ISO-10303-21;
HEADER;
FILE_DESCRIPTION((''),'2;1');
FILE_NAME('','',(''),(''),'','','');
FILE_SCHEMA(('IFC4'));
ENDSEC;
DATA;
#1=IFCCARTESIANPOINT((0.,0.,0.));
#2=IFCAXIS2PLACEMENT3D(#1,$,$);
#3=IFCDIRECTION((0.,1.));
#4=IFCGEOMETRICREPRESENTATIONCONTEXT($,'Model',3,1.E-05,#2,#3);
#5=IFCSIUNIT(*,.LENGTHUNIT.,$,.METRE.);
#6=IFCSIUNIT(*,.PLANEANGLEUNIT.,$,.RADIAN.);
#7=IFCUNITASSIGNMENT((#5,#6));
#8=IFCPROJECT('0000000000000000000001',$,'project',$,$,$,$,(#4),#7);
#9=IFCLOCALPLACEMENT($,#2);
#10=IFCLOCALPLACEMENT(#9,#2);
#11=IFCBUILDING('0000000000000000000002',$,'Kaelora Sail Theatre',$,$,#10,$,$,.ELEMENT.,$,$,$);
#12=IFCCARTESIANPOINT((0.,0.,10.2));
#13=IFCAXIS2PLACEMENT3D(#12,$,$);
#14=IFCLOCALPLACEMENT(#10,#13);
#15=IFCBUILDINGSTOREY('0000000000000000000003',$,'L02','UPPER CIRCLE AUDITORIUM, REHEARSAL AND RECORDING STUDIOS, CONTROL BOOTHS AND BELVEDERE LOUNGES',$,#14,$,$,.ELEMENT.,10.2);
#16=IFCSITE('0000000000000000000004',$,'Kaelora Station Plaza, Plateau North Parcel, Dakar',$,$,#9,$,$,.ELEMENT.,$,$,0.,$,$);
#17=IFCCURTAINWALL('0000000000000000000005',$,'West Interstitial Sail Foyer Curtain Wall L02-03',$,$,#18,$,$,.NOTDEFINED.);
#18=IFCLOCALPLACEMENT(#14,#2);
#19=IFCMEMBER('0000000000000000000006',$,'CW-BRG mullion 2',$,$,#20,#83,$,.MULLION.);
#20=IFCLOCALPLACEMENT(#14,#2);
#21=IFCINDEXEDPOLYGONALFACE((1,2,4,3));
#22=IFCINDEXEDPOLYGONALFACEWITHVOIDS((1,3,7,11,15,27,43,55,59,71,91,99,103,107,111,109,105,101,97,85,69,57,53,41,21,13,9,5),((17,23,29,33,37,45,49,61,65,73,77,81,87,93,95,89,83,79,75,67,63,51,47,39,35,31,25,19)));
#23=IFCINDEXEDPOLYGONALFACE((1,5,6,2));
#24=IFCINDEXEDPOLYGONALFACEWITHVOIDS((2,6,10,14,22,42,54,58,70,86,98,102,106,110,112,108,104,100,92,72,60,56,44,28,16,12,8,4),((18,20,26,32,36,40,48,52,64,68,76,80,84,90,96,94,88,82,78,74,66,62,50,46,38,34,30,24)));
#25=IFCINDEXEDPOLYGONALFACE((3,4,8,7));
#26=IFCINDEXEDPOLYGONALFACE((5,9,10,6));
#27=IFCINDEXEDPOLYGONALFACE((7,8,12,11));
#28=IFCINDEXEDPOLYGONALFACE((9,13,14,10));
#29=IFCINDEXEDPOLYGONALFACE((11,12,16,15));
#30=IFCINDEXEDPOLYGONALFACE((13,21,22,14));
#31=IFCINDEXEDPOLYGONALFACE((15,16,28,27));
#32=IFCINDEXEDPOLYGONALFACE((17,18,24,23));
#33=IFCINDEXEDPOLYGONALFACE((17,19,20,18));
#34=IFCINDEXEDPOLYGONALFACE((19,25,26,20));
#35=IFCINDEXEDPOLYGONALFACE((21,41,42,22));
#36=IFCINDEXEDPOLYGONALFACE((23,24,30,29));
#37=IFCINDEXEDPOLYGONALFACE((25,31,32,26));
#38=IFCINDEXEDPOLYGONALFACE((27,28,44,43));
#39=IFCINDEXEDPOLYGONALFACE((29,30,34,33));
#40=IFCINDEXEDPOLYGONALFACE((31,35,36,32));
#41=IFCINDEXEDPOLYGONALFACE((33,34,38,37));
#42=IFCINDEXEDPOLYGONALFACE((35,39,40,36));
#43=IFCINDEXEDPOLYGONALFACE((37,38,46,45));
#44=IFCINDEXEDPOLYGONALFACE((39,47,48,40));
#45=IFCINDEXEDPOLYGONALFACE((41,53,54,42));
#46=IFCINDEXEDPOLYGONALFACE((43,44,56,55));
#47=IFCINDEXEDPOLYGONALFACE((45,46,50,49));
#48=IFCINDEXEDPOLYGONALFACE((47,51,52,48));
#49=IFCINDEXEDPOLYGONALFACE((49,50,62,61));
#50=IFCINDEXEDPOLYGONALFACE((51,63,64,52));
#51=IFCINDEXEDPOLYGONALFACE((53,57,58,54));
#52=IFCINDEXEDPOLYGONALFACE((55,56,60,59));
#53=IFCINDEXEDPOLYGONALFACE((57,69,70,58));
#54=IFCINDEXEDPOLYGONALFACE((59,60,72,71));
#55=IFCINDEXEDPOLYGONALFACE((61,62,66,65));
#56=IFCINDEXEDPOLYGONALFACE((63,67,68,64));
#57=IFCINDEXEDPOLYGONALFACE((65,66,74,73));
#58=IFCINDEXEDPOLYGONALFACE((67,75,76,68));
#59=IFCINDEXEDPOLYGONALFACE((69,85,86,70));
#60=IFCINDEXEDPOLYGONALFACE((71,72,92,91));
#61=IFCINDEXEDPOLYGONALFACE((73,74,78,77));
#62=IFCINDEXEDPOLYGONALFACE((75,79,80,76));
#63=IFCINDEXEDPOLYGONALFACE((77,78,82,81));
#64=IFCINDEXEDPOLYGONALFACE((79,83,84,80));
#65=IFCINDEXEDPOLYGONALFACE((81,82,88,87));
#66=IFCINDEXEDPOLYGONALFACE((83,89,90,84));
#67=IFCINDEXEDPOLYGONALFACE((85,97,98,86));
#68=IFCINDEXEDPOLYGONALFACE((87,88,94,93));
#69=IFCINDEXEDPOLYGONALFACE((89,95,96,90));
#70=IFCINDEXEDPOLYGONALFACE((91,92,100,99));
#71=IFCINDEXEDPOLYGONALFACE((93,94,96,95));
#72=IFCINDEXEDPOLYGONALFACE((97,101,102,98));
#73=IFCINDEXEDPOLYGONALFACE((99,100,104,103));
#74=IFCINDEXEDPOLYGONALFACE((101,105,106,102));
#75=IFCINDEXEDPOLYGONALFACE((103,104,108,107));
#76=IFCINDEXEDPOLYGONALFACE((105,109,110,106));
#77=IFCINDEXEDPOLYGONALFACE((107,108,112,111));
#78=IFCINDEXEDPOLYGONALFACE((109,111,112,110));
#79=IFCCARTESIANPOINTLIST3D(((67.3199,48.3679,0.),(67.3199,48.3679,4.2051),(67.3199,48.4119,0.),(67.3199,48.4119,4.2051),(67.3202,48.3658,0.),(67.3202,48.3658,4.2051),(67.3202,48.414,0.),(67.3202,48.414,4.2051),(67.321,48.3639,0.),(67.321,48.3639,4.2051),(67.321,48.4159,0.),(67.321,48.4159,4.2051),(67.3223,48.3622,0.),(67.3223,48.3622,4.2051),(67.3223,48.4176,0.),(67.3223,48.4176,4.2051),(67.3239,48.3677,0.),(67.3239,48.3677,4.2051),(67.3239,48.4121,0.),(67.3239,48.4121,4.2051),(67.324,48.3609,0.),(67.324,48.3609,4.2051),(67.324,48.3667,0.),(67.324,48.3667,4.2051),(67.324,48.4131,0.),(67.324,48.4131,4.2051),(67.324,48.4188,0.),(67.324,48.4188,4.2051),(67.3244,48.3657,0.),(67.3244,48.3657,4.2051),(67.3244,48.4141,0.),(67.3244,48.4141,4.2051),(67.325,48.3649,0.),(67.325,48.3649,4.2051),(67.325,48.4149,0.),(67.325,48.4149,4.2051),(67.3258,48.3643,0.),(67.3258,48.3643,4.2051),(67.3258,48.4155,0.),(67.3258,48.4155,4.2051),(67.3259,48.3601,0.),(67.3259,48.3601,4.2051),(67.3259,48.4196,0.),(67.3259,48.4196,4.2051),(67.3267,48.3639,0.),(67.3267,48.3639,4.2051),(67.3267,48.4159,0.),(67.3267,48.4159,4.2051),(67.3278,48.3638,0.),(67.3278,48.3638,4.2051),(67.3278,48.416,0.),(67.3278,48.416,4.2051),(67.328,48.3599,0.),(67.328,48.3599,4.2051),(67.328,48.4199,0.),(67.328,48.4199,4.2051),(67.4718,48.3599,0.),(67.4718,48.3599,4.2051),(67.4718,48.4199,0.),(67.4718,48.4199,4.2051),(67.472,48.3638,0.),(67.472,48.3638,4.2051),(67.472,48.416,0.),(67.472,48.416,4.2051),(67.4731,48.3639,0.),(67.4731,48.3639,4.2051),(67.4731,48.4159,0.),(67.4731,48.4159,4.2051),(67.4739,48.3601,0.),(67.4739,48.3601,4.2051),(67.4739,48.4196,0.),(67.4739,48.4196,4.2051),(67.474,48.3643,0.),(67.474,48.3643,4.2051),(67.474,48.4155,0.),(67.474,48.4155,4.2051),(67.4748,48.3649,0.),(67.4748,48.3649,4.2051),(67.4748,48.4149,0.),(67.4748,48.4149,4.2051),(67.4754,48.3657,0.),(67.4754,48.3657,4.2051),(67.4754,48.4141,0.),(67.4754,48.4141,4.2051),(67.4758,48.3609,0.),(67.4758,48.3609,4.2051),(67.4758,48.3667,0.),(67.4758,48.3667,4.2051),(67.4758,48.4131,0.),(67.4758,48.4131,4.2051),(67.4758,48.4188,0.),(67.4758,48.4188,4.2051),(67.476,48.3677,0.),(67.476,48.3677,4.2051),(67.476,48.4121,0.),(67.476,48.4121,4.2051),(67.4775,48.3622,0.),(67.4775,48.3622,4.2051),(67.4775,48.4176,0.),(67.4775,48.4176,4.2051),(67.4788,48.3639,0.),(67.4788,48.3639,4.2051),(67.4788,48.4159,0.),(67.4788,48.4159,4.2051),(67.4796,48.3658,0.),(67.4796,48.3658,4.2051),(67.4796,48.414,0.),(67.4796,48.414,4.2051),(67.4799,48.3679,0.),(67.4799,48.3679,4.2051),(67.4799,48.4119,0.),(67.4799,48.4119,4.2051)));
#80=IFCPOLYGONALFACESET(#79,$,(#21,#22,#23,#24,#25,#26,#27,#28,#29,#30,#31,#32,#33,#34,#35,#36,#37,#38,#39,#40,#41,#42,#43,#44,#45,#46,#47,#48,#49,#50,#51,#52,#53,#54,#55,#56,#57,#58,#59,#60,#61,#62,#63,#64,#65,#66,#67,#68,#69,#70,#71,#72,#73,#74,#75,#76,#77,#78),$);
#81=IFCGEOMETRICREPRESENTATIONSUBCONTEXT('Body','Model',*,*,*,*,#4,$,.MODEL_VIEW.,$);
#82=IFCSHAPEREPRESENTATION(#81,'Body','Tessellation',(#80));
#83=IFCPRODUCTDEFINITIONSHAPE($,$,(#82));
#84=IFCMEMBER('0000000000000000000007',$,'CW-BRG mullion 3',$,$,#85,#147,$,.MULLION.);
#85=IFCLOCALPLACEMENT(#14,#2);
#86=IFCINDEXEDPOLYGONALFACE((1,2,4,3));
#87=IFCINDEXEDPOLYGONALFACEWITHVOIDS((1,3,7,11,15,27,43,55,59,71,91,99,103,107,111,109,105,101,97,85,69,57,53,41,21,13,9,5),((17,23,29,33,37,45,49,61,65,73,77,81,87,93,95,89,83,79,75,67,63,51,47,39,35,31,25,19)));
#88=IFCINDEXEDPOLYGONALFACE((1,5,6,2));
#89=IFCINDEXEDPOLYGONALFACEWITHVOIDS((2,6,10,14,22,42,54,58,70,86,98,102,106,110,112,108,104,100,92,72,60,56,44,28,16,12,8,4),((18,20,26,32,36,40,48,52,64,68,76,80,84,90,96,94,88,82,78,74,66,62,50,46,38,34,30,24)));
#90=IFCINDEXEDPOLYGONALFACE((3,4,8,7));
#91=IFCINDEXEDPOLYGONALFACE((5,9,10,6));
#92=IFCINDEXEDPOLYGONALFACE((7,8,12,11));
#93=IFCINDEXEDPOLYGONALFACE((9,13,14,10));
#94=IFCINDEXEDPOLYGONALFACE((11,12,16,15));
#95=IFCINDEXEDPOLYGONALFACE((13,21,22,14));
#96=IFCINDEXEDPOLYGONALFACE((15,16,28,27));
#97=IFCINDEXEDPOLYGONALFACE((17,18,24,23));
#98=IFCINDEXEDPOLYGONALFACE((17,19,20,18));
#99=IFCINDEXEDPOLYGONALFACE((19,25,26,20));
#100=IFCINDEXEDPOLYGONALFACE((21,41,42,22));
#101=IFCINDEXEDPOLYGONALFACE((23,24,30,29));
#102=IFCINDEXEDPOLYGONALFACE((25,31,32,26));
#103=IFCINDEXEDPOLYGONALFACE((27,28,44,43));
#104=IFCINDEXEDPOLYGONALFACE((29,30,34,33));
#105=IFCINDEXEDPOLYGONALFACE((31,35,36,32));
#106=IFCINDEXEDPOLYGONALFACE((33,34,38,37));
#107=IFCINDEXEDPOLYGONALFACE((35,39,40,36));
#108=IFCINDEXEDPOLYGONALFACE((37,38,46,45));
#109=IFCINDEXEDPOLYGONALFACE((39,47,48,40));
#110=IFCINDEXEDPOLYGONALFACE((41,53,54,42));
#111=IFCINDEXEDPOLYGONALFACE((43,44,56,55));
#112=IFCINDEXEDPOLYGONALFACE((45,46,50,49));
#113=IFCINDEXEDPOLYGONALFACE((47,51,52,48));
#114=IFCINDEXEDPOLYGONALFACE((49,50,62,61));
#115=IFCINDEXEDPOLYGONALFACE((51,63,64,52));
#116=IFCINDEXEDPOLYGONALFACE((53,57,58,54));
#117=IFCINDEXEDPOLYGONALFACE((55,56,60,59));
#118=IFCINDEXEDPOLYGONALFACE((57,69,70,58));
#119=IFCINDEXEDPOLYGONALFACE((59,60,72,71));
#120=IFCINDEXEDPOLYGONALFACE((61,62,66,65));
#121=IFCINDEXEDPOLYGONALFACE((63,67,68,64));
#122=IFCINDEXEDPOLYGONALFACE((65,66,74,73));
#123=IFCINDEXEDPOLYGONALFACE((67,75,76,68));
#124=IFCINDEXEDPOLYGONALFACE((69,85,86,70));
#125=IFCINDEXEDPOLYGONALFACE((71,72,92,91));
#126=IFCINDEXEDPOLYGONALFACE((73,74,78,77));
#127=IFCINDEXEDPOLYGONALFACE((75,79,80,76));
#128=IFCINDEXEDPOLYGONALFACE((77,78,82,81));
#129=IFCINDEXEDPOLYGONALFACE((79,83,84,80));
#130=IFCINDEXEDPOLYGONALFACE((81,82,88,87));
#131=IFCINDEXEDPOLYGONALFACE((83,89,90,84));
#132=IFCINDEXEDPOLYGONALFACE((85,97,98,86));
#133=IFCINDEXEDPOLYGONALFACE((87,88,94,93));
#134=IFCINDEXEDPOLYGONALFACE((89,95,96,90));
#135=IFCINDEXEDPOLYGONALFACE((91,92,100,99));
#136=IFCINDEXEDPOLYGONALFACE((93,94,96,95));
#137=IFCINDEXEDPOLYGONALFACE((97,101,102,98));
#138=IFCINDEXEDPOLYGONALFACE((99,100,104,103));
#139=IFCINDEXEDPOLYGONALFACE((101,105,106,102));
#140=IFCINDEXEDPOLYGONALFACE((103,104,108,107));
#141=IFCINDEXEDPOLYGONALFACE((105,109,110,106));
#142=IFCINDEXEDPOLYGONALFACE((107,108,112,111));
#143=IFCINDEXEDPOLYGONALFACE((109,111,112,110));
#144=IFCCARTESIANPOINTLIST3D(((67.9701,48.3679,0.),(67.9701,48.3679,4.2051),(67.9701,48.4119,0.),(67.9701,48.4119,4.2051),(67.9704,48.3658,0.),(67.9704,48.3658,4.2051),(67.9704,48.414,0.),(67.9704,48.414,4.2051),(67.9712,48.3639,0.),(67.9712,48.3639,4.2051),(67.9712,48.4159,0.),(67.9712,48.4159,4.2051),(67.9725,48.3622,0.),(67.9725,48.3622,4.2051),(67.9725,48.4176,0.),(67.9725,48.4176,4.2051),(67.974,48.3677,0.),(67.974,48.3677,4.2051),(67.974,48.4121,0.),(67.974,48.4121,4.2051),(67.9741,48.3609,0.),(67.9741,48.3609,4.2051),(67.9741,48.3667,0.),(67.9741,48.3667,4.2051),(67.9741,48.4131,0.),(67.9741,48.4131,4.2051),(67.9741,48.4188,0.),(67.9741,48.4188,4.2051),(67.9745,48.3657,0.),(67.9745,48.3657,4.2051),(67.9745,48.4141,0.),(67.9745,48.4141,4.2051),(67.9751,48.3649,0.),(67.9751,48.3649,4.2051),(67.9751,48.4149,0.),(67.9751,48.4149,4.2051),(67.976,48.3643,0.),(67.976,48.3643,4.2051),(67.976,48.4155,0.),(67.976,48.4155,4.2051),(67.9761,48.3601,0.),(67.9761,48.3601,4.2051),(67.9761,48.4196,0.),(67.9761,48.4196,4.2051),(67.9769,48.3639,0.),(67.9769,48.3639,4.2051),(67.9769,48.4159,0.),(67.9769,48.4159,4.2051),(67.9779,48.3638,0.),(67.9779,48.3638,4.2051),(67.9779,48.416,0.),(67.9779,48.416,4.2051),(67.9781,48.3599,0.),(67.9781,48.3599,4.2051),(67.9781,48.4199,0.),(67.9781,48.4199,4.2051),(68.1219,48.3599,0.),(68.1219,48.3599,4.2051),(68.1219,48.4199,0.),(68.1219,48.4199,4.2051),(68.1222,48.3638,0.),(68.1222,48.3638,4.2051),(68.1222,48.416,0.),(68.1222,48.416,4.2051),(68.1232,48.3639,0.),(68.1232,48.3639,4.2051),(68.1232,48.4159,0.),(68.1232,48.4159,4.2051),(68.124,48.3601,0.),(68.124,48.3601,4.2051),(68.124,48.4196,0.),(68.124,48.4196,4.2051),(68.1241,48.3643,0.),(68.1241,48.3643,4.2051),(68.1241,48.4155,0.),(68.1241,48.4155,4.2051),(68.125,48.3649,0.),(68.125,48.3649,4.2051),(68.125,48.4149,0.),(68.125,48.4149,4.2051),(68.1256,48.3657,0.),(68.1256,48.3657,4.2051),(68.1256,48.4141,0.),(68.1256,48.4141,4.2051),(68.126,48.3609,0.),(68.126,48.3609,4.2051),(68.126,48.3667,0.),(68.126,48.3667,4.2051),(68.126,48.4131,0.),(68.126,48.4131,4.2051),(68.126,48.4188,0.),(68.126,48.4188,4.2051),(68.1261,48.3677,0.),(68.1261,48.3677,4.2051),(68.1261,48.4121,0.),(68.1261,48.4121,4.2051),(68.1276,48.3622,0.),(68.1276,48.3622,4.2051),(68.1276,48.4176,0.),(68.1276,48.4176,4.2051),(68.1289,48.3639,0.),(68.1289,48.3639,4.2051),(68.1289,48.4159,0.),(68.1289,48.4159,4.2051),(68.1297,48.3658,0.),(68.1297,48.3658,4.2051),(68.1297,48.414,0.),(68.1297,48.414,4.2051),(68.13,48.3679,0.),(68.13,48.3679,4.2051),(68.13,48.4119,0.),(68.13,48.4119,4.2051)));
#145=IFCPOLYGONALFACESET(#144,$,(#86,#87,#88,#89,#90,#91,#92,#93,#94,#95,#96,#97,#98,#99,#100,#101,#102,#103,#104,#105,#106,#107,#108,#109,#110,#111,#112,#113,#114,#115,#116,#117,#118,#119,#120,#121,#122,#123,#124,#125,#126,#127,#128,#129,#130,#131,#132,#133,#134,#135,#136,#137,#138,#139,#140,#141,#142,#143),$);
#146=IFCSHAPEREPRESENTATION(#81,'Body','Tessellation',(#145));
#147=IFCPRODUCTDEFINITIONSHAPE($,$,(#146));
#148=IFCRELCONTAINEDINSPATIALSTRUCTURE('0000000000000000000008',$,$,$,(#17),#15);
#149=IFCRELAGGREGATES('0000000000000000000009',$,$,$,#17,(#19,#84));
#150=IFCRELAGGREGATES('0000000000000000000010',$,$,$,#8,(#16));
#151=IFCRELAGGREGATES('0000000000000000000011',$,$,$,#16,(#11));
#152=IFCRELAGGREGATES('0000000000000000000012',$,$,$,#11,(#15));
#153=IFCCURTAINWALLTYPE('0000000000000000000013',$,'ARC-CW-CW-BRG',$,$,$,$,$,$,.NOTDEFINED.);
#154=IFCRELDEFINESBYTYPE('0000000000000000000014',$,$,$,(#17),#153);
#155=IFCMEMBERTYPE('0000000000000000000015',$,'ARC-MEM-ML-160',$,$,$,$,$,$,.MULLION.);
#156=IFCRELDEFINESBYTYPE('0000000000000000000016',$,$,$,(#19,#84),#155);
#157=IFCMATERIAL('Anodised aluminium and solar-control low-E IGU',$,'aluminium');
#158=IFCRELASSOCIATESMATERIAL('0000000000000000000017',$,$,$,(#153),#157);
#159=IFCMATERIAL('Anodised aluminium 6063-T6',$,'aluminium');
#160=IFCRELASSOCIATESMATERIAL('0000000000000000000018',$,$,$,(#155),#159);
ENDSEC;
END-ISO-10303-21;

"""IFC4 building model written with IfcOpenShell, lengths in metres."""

from ifc_helpers import new_model, si_unit, direction, frame, origin, origin_2d, place, context, subcontext, project, spatial, hollow_rectangle, extrude, material, material_profile, profile_set, type_object, element, aggregate, save


model = new_model("IFC4")

# Units and contexts
model_context = context("Model", 3, precision=1e-05, world=origin(), true_north=direction((0.0, 1.0)))
body_context = subcontext(model_context, "Body", "Model", "MODEL_VIEW")
ifc_project = project(units=[si_unit("LENGTHUNIT", "METRE"), si_unit("PLANEANGLEUNIT", "RADIAN")], contexts=[model_context])

# Site, building, storey
site_placement = place(None, origin())
site = spatial("IfcSite", under=ifc_project, at=site_placement, Name="Kaelora Station Plaza, Plateau North Parcel, Dakar", CompositionType="ELEMENT", RefElevation=0.0)
building_placement = place(site_placement, origin())
building = spatial("IfcBuilding", under=site, at=building_placement, Name="Kaelora Sail Theatre", CompositionType="ELEMENT")
storey_placement = place(building_placement, frame((0.0, 0.0, 10.2)))
storey = spatial("IfcBuildingStorey", under=building, at=storey_placement, Name="L02", Description="UPPER CIRCLE AUDITORIUM, REHEARSAL AND RECORDING STUDIOS, CONTROL BOOTHS AND BELVEDERE LOUNGES", CompositionType="ELEMENT", Elevation=10.2)

# Shared definitions
ifc_material_1 = material(Name="Anodised aluminium and solar-control low-E IGU", Category="aluminium")
curtain_wall_type = type_object("IfcCurtainWallType", Name="ARC-CW-CW-BRG", PredefinedType="NOTDEFINED", material=ifc_material_1)
ifc_material_2 = material(Name="Anodised aluminium 6063-T6", Category="aluminium")
ifc_material_profile_1 = material_profile(ifc_material_2, hollow_rectangle(XDim=0.0601, YDim=0.1599, WallThickness=0.0039, InnerFilletRadius=0.0039, OuterFilletRadius=0.0081, at=origin_2d()), Name="ALU-MULL 60x160x4")
ifc_profile_set_1 = profile_set([ifc_material_profile_1], Name="Anodised aluminium 6063-T6")
member_type_1 = type_object("IfcMemberType", Name="ARC-MEM-ML-160", PredefinedType="MULLION", material=ifc_profile_set_1)

# Curtain wall, members
curtain_wall_1_placement = place(storey_placement, origin())
curtain_wall_1 = element("IfcCurtainWall", 1, at=curtain_wall_1_placement, inside=storey, type_object=curtain_wall_type, Name="West Interstitial Sail Foyer Curtain Wall L02-03", PredefinedType="NOTDEFINED")
member_1_placement = place(storey_placement, frame((67.3999, 48.3899, 0.0), z_axis=(0.0, 0.0, 1.0), x_axis=(0.0, 1.0, 0.0)))
member_1 = element("IfcMember", 2, at=member_1_placement, type_object=member_type_1, Name="CW-BRG mullion 2", PredefinedType="MULLION", context=body_context, shape_type="SweptSolid", body=[
    extrude(hollow_rectangle(XDim=0.0601, YDim=0.1599, WallThickness=0.0039, InnerFilletRadius=0.0039, OuterFilletRadius=0.0081, at=origin_2d()), origin(), (0.0, 0.0, 1.0), 4.2051),
])
member_2_placement = place(storey_placement, frame((68.05, 48.3899, 0.0), z_axis=(0.0, 0.0, 1.0), x_axis=(0.0, 1.0, 0.0)))
member_2 = element("IfcMember", 3, at=member_2_placement, type_object=member_type_1, Name="CW-BRG mullion 3", PredefinedType="MULLION", context=body_context, shape_type="SweptSolid", body=[
    extrude(hollow_rectangle(XDim=0.0601, YDim=0.1599, WallThickness=0.0039, InnerFilletRadius=0.0039, OuterFilletRadius=0.0081, at=origin_2d()), origin(), (0.0, 0.0, 1.0), 4.2051),
])

aggregate(curtain_wall_1, [member_1, member_2])

save(model, "model.ifc")
